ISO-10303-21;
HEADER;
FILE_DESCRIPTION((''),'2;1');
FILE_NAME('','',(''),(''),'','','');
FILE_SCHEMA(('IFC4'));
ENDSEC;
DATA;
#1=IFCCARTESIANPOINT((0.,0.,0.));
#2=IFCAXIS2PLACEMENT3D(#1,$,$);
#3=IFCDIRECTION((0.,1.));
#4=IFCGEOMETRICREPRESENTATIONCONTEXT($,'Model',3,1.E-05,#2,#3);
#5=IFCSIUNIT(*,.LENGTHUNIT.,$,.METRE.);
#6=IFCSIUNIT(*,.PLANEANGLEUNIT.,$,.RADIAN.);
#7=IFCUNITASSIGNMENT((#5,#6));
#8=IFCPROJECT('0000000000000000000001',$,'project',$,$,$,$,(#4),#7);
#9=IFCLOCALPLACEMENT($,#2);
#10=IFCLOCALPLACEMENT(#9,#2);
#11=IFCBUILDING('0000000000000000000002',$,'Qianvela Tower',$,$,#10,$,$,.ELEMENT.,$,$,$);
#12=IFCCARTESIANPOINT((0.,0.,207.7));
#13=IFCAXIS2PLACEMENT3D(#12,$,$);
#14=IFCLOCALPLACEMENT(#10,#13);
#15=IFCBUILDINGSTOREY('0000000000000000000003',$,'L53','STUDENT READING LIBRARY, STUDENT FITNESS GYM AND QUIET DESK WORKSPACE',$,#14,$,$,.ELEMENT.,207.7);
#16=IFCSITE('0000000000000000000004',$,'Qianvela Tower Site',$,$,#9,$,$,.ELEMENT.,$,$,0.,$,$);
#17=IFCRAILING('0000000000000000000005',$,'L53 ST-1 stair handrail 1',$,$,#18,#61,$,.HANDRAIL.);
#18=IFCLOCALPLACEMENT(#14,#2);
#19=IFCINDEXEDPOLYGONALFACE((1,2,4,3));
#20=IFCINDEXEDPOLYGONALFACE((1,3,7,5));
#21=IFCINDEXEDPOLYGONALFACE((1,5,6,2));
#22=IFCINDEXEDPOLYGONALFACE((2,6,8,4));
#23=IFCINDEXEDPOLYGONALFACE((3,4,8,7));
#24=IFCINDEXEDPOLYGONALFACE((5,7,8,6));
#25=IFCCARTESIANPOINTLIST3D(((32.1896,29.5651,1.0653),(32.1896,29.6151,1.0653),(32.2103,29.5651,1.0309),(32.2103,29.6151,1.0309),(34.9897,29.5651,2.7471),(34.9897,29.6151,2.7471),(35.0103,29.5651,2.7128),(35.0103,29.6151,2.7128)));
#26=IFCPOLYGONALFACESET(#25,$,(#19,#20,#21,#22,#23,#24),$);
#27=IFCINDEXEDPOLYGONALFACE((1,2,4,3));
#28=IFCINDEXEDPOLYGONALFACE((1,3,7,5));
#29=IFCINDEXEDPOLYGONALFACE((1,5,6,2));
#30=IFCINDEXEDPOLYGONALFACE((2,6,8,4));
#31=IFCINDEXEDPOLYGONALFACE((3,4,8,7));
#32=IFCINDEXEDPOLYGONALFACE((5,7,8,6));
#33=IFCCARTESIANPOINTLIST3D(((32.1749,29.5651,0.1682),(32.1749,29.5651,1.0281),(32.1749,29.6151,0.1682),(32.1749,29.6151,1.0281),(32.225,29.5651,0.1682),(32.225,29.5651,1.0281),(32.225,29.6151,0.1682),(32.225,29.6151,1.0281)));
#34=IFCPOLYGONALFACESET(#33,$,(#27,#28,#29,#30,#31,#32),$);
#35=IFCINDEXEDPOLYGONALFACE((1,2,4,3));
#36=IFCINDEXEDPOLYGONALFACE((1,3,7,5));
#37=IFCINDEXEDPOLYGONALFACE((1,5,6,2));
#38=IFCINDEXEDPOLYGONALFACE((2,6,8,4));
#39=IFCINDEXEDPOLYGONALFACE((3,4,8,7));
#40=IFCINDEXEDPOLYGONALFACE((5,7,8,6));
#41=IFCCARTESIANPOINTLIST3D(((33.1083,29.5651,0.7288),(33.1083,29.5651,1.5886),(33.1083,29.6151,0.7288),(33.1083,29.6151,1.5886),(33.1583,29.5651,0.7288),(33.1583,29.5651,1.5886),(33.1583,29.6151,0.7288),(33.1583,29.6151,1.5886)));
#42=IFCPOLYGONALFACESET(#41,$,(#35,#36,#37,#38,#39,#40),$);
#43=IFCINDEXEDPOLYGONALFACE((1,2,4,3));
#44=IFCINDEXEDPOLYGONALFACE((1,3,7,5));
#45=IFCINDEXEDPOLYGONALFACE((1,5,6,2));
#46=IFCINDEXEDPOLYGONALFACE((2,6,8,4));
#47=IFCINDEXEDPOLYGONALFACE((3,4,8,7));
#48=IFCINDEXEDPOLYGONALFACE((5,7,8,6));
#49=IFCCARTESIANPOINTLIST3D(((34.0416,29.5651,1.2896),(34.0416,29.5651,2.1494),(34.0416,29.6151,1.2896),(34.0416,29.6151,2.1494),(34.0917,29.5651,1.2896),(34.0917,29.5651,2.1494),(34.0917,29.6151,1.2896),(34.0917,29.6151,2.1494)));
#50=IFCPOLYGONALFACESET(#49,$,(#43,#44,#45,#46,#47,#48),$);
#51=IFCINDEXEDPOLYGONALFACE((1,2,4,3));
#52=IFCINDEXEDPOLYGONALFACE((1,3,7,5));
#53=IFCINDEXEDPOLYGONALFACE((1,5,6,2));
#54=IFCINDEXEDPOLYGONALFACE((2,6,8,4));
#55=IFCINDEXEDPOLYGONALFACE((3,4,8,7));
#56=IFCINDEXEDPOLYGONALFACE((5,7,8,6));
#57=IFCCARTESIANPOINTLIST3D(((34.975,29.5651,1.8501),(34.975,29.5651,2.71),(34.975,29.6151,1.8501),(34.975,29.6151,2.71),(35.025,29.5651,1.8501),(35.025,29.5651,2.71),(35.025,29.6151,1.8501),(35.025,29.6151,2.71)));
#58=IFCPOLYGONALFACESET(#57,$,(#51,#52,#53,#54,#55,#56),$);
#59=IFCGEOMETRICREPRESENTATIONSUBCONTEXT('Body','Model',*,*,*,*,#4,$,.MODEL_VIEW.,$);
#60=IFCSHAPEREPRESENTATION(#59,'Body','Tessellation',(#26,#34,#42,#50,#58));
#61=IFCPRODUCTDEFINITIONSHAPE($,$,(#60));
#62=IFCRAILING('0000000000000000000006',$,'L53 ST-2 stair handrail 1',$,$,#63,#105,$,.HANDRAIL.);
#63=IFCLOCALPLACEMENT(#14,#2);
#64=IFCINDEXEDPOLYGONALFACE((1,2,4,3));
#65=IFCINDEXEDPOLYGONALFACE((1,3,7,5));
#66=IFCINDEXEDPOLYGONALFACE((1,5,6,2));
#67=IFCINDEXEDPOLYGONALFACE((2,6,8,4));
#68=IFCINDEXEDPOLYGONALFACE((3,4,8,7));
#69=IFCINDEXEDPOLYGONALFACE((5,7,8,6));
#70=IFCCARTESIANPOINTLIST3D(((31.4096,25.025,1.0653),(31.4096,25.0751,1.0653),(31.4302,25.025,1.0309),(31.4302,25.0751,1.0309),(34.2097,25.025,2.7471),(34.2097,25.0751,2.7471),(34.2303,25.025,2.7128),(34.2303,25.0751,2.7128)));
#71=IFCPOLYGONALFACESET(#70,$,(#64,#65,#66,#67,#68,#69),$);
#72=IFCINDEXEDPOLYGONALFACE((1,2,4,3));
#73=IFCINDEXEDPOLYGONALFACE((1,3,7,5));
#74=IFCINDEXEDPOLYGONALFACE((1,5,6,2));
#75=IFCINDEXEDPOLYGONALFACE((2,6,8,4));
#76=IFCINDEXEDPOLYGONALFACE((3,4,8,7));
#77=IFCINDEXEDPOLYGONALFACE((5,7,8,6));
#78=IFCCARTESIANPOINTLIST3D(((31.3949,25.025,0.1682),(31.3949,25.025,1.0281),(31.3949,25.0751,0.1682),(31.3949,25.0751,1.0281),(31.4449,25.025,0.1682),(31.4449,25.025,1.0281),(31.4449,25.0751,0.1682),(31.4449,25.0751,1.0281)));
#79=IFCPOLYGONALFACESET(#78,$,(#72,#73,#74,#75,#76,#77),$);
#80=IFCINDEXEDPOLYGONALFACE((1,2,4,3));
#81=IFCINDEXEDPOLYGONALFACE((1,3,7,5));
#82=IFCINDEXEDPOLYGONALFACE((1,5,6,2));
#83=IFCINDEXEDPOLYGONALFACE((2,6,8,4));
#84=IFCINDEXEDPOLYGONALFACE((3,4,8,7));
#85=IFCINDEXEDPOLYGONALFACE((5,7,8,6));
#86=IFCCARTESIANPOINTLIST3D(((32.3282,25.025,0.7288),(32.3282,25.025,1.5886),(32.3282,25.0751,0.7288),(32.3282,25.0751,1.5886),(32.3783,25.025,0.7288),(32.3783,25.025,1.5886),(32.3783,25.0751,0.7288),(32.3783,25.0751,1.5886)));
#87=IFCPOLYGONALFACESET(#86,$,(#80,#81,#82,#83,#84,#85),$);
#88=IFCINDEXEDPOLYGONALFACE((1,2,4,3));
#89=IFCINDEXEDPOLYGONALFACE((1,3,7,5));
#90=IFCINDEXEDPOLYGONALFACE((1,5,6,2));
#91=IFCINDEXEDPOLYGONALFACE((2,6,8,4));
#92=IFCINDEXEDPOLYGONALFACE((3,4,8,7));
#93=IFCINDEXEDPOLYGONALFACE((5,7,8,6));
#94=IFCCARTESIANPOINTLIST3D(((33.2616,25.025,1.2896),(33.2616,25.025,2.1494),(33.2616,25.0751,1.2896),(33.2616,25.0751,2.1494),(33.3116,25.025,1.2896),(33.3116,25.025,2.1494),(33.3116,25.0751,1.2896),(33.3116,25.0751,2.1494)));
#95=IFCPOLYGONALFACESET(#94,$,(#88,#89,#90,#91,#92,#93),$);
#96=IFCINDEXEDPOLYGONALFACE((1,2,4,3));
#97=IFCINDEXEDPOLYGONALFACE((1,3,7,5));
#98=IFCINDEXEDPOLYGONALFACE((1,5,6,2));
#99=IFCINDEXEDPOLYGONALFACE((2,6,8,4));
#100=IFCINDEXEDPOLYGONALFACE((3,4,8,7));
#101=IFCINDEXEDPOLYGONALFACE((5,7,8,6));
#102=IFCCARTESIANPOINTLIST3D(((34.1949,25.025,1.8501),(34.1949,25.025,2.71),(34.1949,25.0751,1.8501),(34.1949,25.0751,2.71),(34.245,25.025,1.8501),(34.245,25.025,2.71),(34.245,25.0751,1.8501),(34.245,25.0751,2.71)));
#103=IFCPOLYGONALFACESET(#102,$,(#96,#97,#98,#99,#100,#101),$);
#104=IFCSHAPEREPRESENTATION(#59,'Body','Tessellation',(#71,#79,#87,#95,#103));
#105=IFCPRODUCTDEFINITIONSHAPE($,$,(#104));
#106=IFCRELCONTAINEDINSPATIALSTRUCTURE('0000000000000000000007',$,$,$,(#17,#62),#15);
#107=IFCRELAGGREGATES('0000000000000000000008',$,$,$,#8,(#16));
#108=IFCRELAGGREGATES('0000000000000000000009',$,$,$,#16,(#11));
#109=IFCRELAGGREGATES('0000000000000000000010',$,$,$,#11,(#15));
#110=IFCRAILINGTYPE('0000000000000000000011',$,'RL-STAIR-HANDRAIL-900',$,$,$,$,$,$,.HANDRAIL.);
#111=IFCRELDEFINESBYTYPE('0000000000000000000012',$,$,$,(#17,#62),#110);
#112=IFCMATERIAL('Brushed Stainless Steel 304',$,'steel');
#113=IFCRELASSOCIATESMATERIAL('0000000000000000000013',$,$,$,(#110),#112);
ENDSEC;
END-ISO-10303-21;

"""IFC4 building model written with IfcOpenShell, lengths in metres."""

from ifc_helpers import new_model, si_unit, direction, frame, origin, origin_2d, place, context, subcontext, project, spatial, rectangle, extrude, material, type_object, element, save


model = new_model("IFC4")

# Units and contexts
model_context = context("Model", 3, precision=1e-05, world=origin(), true_north=direction((0.0, 1.0)))
body_context = subcontext(model_context, "Body", "Model", "MODEL_VIEW")
ifc_project = project(units=[si_unit("LENGTHUNIT", "METRE"), si_unit("PLANEANGLEUNIT", "RADIAN")], contexts=[model_context])

# Site, building, storey
site_placement = place(None, origin())
site = spatial("IfcSite", under=ifc_project, at=site_placement, Name="Qianvela Tower Site", CompositionType="ELEMENT", RefElevation=0.0)
building_placement = place(site_placement, origin())
building = spatial("IfcBuilding", under=site, at=building_placement, Name="Qianvela Tower", CompositionType="ELEMENT")
storey_placement = place(building_placement, frame((0.0, 0.0, 207.7)))
storey = spatial("IfcBuildingStorey", under=building, at=storey_placement, Name="L53", Description="STUDENT READING LIBRARY, STUDENT FITNESS GYM AND QUIET DESK WORKSPACE", CompositionType="ELEMENT", Elevation=207.7)

# Railings
ifc_material_1 = material(Name="Brushed Stainless Steel 304", Category="steel")
railing_type_1 = type_object("IfcRailingType", Name="RL-STAIR-HANDRAIL-900", PredefinedType="HANDRAIL", material=ifc_material_1)
for number, where, name in (
    (1, (32.2, 29.5901, 0.1682), "L53 ST-1 stair handrail 1"),
    (2, (31.4199, 25.05, 0.1682), "L53 ST-2 stair handrail 1"),
):
    element("IfcRailing", number, at=place(storey_placement, frame(where)), inside=storey, type_object=railing_type_1, Name=name, PredefinedType="HANDRAIL", context=body_context, shape_type="SweptSolid", body=[
        extrude(rectangle(XDim=0.05, YDim=0.04, at=origin_2d()), frame((0.0, 0.0, 0.8799), z_axis=(0.857242, 0.0, 0.514913), x_axis=(0.0, 1.0, 0.0)), (0.0, 0.0, 1.0), 3.2664),
        extrude(rectangle(XDim=0.05, YDim=0.05, at=origin_2d()), origin(), (0.0, 0.0, 1.0), 0.8599),
        extrude(rectangle(XDim=0.05, YDim=0.05, at=origin_2d()), frame((0.9333, 0.0, 0.5605)), (0.0, 0.0, 1.0), 0.8599),
        extrude(rectangle(XDim=0.05, YDim=0.05, at=origin_2d()), frame((1.8667, 0.0, 1.1213)), (0.0, 0.0, 1.0), 0.8599),
        extrude(rectangle(XDim=0.05, YDim=0.05, at=origin_2d()), frame((2.8, 0.0, 1.6819)), (0.0, 0.0, 1.0), 0.8599),
    ])

save(model, "model.ifc")
